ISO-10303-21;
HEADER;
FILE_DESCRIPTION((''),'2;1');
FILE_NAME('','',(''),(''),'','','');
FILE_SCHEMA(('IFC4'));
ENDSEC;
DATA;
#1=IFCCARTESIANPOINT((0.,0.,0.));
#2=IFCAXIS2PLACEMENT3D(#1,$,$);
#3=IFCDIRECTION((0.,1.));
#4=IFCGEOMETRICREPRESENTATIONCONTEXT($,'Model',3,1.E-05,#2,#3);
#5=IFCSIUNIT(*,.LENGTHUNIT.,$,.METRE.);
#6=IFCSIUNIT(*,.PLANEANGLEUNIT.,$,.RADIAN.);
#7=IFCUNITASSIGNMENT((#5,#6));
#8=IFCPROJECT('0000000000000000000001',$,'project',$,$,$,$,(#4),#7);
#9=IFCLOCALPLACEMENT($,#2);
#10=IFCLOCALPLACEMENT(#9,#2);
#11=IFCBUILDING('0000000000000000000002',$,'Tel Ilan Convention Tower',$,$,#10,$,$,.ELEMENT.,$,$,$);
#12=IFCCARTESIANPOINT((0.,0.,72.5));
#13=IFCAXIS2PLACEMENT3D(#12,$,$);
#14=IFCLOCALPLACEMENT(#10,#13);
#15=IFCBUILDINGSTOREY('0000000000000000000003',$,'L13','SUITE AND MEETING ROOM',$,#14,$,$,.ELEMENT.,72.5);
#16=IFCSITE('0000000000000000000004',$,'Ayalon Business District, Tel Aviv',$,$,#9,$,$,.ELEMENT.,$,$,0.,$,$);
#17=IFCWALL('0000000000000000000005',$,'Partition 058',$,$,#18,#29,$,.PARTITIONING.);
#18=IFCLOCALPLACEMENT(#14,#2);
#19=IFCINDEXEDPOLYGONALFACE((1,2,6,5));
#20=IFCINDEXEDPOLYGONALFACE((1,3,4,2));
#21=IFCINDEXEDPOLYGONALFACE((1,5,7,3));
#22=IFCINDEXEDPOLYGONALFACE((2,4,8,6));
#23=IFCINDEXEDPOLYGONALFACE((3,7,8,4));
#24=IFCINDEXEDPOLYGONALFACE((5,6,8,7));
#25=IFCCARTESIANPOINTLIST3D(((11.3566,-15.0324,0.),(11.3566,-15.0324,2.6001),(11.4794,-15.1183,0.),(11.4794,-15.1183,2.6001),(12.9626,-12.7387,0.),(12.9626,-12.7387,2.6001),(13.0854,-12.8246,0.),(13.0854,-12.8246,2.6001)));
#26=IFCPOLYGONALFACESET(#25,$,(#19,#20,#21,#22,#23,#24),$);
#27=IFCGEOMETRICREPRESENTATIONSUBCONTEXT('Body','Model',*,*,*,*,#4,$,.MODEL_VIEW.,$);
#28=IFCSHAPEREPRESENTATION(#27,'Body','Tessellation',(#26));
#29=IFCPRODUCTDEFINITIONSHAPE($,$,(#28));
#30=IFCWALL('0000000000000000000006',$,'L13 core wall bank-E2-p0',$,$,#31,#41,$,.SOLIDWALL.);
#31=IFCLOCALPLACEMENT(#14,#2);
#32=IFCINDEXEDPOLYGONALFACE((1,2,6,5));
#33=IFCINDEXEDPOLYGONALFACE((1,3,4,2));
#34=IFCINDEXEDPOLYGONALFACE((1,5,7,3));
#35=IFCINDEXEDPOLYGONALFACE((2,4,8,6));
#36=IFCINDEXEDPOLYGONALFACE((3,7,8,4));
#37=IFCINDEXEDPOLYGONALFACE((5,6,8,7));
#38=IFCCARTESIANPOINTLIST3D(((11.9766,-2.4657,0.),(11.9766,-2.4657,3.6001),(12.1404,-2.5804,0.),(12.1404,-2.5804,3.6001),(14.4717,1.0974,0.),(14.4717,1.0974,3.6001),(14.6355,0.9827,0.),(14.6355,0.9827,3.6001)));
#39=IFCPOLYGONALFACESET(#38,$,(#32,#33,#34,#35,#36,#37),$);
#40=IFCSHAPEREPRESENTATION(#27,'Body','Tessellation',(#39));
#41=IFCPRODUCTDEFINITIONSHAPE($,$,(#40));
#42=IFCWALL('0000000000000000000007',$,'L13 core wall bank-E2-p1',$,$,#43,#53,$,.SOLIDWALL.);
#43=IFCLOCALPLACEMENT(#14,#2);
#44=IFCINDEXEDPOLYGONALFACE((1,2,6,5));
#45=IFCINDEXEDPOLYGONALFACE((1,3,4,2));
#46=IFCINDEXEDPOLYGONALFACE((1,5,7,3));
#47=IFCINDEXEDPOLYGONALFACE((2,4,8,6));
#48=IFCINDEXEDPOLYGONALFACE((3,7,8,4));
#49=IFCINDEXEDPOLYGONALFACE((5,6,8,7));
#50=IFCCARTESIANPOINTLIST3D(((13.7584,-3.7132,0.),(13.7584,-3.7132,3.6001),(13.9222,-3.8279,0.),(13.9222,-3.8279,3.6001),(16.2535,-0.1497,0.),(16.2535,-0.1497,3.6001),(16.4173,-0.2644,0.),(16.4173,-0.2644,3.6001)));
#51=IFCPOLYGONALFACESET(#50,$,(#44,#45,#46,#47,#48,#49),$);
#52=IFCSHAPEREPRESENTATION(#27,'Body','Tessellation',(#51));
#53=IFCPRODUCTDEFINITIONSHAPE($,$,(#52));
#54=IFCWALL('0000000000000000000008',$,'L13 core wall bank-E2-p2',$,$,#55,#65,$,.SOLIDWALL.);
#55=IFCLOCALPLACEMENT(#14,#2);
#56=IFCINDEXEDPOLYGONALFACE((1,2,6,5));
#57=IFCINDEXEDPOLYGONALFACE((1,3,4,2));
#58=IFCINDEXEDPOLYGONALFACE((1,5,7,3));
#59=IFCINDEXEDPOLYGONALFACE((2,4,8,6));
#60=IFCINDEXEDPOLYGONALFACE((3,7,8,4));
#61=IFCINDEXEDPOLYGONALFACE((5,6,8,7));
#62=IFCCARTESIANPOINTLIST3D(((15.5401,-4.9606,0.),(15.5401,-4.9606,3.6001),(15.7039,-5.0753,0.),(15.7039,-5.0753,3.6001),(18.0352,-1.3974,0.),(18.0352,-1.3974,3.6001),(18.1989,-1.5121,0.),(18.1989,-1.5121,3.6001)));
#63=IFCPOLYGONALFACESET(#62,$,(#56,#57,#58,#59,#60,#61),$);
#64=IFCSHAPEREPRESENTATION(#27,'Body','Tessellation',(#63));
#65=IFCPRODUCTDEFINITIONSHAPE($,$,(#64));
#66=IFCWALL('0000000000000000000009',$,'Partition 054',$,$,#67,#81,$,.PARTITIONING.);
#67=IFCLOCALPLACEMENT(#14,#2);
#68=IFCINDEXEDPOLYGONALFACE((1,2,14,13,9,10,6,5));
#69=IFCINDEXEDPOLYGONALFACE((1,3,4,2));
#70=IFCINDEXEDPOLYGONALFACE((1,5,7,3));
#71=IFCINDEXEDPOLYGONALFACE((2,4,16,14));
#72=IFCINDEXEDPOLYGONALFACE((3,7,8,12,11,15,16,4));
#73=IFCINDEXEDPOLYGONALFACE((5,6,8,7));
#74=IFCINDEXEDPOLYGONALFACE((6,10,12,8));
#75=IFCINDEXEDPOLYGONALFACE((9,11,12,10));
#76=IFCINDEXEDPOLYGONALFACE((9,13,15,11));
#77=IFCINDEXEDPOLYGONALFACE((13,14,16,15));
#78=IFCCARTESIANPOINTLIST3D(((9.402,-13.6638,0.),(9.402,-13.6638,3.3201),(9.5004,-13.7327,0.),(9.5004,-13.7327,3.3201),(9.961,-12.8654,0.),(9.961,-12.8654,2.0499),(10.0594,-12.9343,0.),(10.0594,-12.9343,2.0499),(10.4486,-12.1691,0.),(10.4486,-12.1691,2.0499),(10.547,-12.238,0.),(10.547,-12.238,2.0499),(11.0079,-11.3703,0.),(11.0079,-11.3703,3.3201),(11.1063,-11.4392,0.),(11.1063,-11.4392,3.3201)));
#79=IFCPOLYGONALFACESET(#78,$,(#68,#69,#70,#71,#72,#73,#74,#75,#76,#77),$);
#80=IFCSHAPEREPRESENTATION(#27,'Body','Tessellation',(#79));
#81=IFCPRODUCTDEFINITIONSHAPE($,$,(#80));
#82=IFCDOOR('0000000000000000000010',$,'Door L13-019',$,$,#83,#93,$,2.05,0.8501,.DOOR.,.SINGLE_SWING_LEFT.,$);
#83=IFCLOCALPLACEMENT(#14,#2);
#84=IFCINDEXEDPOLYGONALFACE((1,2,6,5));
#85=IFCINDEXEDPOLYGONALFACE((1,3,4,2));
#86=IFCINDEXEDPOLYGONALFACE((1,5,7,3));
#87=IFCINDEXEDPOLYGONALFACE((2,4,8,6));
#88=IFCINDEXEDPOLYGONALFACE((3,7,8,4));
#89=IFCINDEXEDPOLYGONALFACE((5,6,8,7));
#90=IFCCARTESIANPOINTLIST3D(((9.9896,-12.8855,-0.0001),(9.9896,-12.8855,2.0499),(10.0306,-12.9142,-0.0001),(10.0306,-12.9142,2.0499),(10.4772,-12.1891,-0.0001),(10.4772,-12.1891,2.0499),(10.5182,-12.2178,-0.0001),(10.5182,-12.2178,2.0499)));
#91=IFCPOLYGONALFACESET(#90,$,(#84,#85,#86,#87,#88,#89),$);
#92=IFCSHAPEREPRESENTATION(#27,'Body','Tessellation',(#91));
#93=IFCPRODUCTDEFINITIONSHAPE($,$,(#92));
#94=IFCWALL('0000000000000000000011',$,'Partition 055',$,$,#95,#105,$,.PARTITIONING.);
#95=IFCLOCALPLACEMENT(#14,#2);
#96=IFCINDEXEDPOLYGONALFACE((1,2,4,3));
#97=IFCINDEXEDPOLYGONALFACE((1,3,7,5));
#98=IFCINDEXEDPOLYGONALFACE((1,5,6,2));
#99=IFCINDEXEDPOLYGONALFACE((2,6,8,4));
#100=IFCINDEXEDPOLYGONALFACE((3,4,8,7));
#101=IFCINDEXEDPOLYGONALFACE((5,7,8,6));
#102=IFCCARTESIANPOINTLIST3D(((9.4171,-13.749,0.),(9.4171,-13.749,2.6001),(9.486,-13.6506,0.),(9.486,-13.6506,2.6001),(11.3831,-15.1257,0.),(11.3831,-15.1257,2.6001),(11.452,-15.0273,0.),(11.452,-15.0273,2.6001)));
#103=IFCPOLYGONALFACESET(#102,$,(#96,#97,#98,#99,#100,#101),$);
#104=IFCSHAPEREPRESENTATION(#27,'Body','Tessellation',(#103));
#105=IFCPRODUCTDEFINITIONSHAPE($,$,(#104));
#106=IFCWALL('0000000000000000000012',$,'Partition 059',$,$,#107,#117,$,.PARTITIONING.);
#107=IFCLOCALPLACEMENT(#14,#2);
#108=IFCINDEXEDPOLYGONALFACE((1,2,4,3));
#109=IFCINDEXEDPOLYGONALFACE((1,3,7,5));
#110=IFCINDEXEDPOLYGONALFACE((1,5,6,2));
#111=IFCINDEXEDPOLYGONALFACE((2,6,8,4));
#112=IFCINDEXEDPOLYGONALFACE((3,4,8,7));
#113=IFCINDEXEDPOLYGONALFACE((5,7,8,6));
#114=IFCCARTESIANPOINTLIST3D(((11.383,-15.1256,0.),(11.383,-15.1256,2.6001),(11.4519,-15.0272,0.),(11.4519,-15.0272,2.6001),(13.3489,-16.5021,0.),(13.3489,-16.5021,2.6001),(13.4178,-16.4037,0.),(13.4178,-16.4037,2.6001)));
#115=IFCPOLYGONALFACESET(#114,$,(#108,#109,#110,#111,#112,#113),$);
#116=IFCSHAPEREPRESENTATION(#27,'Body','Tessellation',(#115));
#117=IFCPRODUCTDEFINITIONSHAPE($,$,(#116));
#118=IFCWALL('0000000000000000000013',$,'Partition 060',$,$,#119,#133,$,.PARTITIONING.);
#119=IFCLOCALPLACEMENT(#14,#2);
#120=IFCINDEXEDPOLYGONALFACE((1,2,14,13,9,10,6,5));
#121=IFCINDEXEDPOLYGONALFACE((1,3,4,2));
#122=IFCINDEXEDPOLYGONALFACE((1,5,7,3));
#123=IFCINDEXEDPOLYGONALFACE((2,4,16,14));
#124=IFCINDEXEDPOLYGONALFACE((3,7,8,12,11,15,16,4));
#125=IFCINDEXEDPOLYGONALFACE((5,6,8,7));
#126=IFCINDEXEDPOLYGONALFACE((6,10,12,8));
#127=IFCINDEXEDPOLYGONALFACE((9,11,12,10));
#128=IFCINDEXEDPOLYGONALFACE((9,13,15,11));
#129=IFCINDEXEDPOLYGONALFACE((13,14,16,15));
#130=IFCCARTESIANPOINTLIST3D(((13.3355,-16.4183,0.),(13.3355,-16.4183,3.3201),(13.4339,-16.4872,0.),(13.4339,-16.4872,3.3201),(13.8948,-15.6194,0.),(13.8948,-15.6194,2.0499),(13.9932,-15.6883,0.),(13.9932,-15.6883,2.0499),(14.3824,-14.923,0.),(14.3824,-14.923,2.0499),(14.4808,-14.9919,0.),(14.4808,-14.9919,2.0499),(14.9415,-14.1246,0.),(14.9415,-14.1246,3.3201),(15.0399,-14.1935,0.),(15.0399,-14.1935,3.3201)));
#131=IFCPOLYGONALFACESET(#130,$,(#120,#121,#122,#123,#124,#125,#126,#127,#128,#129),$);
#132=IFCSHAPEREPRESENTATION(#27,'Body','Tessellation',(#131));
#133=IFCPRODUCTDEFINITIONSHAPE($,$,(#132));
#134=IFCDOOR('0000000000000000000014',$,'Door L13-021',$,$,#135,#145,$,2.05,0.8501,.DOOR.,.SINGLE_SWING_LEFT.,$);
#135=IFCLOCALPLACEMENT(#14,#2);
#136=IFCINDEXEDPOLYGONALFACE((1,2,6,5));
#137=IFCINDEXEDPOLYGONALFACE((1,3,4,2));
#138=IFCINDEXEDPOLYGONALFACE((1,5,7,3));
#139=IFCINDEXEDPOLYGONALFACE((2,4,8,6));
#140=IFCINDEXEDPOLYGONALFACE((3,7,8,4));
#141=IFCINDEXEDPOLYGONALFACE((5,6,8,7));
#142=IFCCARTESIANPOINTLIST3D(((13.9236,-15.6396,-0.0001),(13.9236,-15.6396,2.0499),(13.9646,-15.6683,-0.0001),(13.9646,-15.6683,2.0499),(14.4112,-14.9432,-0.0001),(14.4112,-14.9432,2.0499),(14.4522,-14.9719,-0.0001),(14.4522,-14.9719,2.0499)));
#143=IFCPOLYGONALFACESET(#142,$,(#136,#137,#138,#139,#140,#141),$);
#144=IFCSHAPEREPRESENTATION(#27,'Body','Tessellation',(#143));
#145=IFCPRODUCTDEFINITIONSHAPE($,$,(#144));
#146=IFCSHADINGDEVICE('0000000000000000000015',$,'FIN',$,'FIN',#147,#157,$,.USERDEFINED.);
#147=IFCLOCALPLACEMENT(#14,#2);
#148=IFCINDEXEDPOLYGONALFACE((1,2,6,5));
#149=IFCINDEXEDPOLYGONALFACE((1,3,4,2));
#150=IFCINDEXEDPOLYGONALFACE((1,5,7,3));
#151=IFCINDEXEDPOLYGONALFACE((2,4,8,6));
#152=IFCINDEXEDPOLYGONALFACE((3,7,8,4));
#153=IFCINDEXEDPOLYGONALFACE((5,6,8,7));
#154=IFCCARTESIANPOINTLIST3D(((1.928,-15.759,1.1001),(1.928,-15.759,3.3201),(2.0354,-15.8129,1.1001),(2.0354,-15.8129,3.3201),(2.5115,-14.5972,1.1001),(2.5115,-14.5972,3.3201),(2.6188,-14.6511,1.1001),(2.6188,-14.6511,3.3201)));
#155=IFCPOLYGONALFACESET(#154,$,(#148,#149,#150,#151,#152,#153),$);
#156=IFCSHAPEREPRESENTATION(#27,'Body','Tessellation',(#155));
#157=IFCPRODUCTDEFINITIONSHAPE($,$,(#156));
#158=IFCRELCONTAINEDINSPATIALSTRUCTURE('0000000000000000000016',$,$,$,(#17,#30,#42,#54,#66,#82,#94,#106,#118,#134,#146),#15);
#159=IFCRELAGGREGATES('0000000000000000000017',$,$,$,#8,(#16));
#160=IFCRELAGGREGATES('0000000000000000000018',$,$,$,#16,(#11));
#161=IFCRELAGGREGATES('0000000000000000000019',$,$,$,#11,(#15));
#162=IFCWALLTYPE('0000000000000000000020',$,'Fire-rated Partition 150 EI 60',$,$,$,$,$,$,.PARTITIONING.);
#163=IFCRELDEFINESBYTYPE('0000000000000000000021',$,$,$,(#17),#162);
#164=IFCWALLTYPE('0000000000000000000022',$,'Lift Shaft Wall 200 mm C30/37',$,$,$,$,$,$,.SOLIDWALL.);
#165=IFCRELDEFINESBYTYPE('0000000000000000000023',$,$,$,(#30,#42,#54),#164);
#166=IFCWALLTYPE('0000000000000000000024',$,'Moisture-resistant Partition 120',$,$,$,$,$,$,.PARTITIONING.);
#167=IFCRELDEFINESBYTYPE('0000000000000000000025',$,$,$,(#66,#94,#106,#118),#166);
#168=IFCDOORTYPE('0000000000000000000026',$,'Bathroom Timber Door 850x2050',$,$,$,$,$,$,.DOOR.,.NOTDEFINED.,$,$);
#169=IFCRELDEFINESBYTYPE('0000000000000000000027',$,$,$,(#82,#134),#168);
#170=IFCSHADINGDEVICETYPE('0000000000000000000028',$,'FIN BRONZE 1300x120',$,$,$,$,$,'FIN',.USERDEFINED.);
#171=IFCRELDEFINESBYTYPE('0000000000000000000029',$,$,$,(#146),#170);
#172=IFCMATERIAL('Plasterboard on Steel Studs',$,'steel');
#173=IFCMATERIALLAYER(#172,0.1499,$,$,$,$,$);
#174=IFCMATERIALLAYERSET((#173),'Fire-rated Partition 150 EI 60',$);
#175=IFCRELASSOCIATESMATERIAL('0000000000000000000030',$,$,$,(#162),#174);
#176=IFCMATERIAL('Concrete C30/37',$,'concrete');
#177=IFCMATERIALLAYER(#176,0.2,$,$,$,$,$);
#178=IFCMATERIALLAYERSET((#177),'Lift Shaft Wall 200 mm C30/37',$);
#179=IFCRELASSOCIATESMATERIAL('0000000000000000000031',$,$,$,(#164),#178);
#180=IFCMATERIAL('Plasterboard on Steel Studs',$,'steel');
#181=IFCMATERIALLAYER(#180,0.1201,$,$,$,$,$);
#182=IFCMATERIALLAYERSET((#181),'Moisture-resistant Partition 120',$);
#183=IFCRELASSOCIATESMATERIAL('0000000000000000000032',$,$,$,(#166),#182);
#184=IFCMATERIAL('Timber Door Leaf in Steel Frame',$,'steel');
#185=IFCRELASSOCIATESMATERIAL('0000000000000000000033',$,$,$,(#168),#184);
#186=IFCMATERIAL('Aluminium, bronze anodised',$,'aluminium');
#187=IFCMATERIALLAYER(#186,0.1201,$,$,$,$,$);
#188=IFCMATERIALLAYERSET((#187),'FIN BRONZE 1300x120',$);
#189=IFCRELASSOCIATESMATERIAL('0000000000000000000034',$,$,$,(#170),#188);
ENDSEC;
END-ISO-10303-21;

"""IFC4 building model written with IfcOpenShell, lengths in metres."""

from ifc_helpers import new_model, si_unit, direction, frame, frame_2d, origin, origin_2d, place, context, subcontext, project, spatial, rectangle, extrude, material, layer, layer_set, type_object, element, fill, save


model = new_model("IFC4")

# Units and contexts
model_context = context("Model", 3, precision=1e-05, world=origin(), true_north=direction((0.0, 1.0)))
body_context = subcontext(model_context, "Body", "Model", "MODEL_VIEW")
ifc_project = project(units=[si_unit("LENGTHUNIT", "METRE"), si_unit("PLANEANGLEUNIT", "RADIAN")], contexts=[model_context])

# Site, building, storey
site_placement = place(None, origin())
site = spatial("IfcSite", under=ifc_project, at=site_placement, Name="Ayalon Business District, Tel Aviv", CompositionType="ELEMENT", RefElevation=0.0)
building_placement = place(site_placement, origin())
building = spatial("IfcBuilding", under=site, at=building_placement, Name="Tel Ilan Convention Tower", CompositionType="ELEMENT")
storey_placement = place(building_placement, frame((0.0, 0.0, 72.5)))
storey = spatial("IfcBuildingStorey", under=building, at=storey_placement, Name="L13", Description="SUITE AND MEETING ROOM", CompositionType="ELEMENT", Elevation=72.5)

# Shared definitions
ifc_material_1 = material(Name="Plasterboard on Steel Studs", Category="steel")
ifc_layer_1 = layer(ifc_material_1, 0.1499)
ifc_layer_set_1 = layer_set([ifc_layer_1], Name="Fire-rated Partition 150 EI 60")
wall_type_1 = type_object("IfcWallType", Name="Fire-rated Partition 150 EI 60", PredefinedType="PARTITIONING", material=ifc_layer_set_1)

# Walls
wall_1_placement = place(storey_placement, frame((13.0239, -12.7817, 0.0), z_axis=(0.0, 0.0, 1.0), x_axis=(-0.57355, -0.81917, 0.0)))
element("IfcWall", 1, at=wall_1_placement, inside=storey, type_object=wall_type_1, Name="Partition 058", PredefinedType="PARTITIONING", context=body_context, shape_type="SweptSolid", body=[
    extrude(rectangle(XDim=2.8, YDim=0.1499, at=frame_2d((1.3999, 0.0))), origin(), (0.0, 0.0, 1.0), 2.6001),
])
ifc_material_2 = material(Name="Concrete C30/37", Category="concrete")
ifc_layer_2 = layer(ifc_material_2, 0.2)
ifc_layer_set_2 = layer_set([ifc_layer_2], Name="Lift Shaft Wall 200 mm C30/37")
wall_type_2 = type_object("IfcWallType", Name="Lift Shaft Wall 200 mm C30/37", PredefinedType="SOLIDWALL", material=ifc_layer_set_2)
wall_2_placement = place(storey_placement, frame((12.0586, -2.5229, 0.0), z_axis=(0.0, 0.0, 1.0), x_axis=(0.573594, 0.81914, 0.0)))
element("IfcWall", 2, at=wall_2_placement, inside=storey, type_object=wall_type_2, Name="L13 core wall bank-E2-p0", PredefinedType="SOLIDWALL", context=body_context, shape_type="SweptSolid", body=[
    extrude(rectangle(XDim=4.3499, YDim=0.2, at=frame_2d((2.1748, 0.0))), origin(), (0.0, 0.0, 1.0), 3.6001),
])
wall_3_placement = place(storey_placement, frame((13.8403, -3.7705, 0.0), z_axis=(0.0, 0.0, 1.0), x_axis=(0.573568, 0.819158, 0.0)))
element("IfcWall", 3, at=wall_3_placement, inside=storey, type_object=wall_type_2, Name="L13 core wall bank-E2-p1", PredefinedType="SOLIDWALL", context=body_context, shape_type="SweptSolid", body=[
    extrude(rectangle(XDim=4.3501, YDim=0.2, at=frame_2d((2.175, 0.0))), origin(), (0.0, 0.0, 1.0), 3.6001),
])
wall_4_placement = place(storey_placement, frame((15.6221, -5.0178, 0.0), z_axis=(0.0, 0.0, 1.0), x_axis=(0.573594, 0.81914, 0.0)))
element("IfcWall", 4, at=wall_4_placement, inside=storey, type_object=wall_type_2, Name="L13 core wall bank-E2-p2", PredefinedType="SOLIDWALL", context=body_context, shape_type="SweptSolid", body=[
    extrude(rectangle(XDim=4.3499, YDim=0.2, at=frame_2d((2.1748, 0.0))), origin(), (0.0, 0.0, 1.0), 3.6001),
])

# Wall, opening, door
ifc_material_3 = material(Name="Plasterboard on Steel Studs", Category="steel")
ifc_layer_3 = layer(ifc_material_3, 0.1201)
ifc_layer_set_3 = layer_set([ifc_layer_3], Name="Moisture-resistant Partition 120")
wall_type_3 = type_object("IfcWallType", Name="Moisture-resistant Partition 120", PredefinedType="PARTITIONING", material=ifc_layer_set_3)
wall_5_placement = place(storey_placement, frame((11.0571, -11.4048, 0.0), z_axis=(0.0, 0.0, 1.0), x_axis=(-0.573591, -0.819142, 0.0)))
wall_5 = element("IfcWall", 5, at=wall_5_placement, inside=storey, type_object=wall_type_3, Name="Partition 054", PredefinedType="PARTITIONING", context=body_context, shape_type="SweptSolid", body=[
    extrude(rectangle(XDim=2.7998, YDim=0.1201, at=frame_2d((1.3999, 0.0))), origin(), (0.0, 0.0, 1.0), 3.3201),
])
opening_1_placement = place(wall_5_placement, frame((0.9751, 0.0, 0.0)))
opening_1 = element("IfcOpeningElement", 6, at=opening_1_placement, cuts=wall_5, PredefinedType="OPENING", context=body_context, shape_type="SweptSolid", body=[
    extrude(rectangle(XDim=0.8501, YDim=2.05, at=frame_2d((0.425, 1.0249))), frame((0.0, 0.0701, 0.0), z_axis=(0.0, -1.0, 0.0), x_axis=(1.0, 0.0, 0.0)), (0.0, 0.0, 1.0), 0.1401),
])
ifc_material_4 = material(Name="Timber Door Leaf in Steel Frame", Category="steel")
door_type_1 = type_object("IfcDoorType", Name="Bathroom Timber Door 850x2050", OperationType="NOTDEFINED", PredefinedType="DOOR", material=ifc_material_4)
door_1_placement = place(opening_1_placement, origin())
door_1 = element("IfcDoor", 7, at=door_1_placement, inside=storey, type_object=door_type_1, Name="Door L13-019", OperationType="SINGLE_SWING_LEFT", OverallHeight=2.05, OverallWidth=0.8501, PredefinedType="DOOR", context=body_context, shape_type="SweptSolid", body=[
    extrude(rectangle(XDim=0.8501, YDim=2.05, at=frame_2d((0.425, 1.0249))), frame((0.0, 0.0249, 0.0), z_axis=(0.0, -1.0, 0.0), x_axis=(1.0, 0.0, 0.0)), (0.0, 0.0, 1.0), 0.05),
])
fill(opening_1, door_1)

# Walls
wall_6_placement = place(storey_placement, frame((9.4514, -13.6997, 0.0), z_axis=(0.0, 0.0, 1.0), x_axis=(0.819141, -0.573592, 0.0)))
element("IfcWall", 8, at=wall_6_placement, inside=storey, type_object=wall_type_3, Name="Partition 055", PredefinedType="PARTITIONING", context=body_context, shape_type="SweptSolid", body=[
    extrude(rectangle(XDim=2.4001, YDim=0.1201, at=frame_2d((1.2002, 0.0))), origin(), (0.0, 0.0, 1.0), 2.6001),
])
wall_7_placement = place(storey_placement, frame((11.4175, -15.0764, 0.0), z_axis=(0.0, 0.0, 1.0), x_axis=(0.819155, -0.573572, 0.0)))
element("IfcWall", 9, at=wall_7_placement, inside=storey, type_object=wall_type_3, Name="Partition 059", PredefinedType="PARTITIONING", context=body_context, shape_type="SweptSolid", body=[
    extrude(rectangle(XDim=2.3999, YDim=0.1201, at=frame_2d((1.2, 0.0))), origin(), (0.0, 0.0, 1.0), 2.6001),
])

# Wall, opening, door
wall_8_placement = place(storey_placement, frame((13.3848, -16.4526, 0.0), z_axis=(0.0, 0.0, 1.0), x_axis=(0.57355, 0.81917, 0.0)))
wall_8 = element("IfcWall", 10, at=wall_8_placement, inside=storey, type_object=wall_type_3, Name="Partition 060", PredefinedType="PARTITIONING", context=body_context, shape_type="SweptSolid", body=[
    extrude(rectangle(XDim=2.8, YDim=0.1201, at=frame_2d((1.3999, 0.0))), origin(), (0.0, 0.0, 1.0), 3.3201),
])
opening_2_placement = place(wall_8_placement, frame((0.9751, 0.0, 0.0)))
opening_2 = element("IfcOpeningElement", 11, at=opening_2_placement, cuts=wall_8, PredefinedType="OPENING", context=body_context, shape_type="SweptSolid", body=[
    extrude(rectangle(XDim=0.8501, YDim=2.05, at=frame_2d((0.425, 1.0249))), frame((0.0, 0.0701, 0.0), z_axis=(0.0, -1.0, 0.0), x_axis=(1.0, 0.0, 0.0)), (0.0, 0.0, 1.0), 0.1401),
])
door_2_placement = place(opening_2_placement, origin())
door_2 = element("IfcDoor", 12, at=door_2_placement, inside=storey, type_object=door_type_1, Name="Door L13-021", OperationType="SINGLE_SWING_LEFT", OverallHeight=2.05, OverallWidth=0.8501, PredefinedType="DOOR", context=body_context, shape_type="SweptSolid", body=[
    extrude(rectangle(XDim=0.8501, YDim=2.05, at=frame_2d((0.425, 1.0249))), frame((0.0, 0.0249, 0.0), z_axis=(0.0, -1.0, 0.0), x_axis=(1.0, 0.0, 0.0)), (0.0, 0.0, 1.0), 0.05),
])
fill(opening_2, door_2)

# Shading device
ifc_material_5 = material(Name="Aluminium, bronze anodised", Category="aluminium")
ifc_layer_4 = layer(ifc_material_5, 0.1201)
ifc_layer_set_4 = layer_set([ifc_layer_4], Name="FIN BRONZE 1300x120")
shading_device_type = type_object("IfcShadingDeviceType", Name="FIN BRONZE 1300x120", ElementType="FIN", PredefinedType="USERDEFINED", material=ifc_layer_set_4)
shading_device_placement = place(storey_placement, frame((2.2734, -15.2051, 1.1001), z_axis=(0.0, 0.0, 1.0), x_axis=(-0.448799, -0.893633, 0.0)))
element("IfcShadingDevice", 13, at=shading_device_placement, inside=storey, type_object=shading_device_type, Name="FIN", ObjectType="FIN", PredefinedType="USERDEFINED", context=body_context, shape_type="SweptSolid", body=[
    extrude(rectangle(XDim=1.3, YDim=0.1201, at=origin_2d()), origin(), (0.0, 0.0, 1.0), 2.22),
])

save(model, "model.ifc")
